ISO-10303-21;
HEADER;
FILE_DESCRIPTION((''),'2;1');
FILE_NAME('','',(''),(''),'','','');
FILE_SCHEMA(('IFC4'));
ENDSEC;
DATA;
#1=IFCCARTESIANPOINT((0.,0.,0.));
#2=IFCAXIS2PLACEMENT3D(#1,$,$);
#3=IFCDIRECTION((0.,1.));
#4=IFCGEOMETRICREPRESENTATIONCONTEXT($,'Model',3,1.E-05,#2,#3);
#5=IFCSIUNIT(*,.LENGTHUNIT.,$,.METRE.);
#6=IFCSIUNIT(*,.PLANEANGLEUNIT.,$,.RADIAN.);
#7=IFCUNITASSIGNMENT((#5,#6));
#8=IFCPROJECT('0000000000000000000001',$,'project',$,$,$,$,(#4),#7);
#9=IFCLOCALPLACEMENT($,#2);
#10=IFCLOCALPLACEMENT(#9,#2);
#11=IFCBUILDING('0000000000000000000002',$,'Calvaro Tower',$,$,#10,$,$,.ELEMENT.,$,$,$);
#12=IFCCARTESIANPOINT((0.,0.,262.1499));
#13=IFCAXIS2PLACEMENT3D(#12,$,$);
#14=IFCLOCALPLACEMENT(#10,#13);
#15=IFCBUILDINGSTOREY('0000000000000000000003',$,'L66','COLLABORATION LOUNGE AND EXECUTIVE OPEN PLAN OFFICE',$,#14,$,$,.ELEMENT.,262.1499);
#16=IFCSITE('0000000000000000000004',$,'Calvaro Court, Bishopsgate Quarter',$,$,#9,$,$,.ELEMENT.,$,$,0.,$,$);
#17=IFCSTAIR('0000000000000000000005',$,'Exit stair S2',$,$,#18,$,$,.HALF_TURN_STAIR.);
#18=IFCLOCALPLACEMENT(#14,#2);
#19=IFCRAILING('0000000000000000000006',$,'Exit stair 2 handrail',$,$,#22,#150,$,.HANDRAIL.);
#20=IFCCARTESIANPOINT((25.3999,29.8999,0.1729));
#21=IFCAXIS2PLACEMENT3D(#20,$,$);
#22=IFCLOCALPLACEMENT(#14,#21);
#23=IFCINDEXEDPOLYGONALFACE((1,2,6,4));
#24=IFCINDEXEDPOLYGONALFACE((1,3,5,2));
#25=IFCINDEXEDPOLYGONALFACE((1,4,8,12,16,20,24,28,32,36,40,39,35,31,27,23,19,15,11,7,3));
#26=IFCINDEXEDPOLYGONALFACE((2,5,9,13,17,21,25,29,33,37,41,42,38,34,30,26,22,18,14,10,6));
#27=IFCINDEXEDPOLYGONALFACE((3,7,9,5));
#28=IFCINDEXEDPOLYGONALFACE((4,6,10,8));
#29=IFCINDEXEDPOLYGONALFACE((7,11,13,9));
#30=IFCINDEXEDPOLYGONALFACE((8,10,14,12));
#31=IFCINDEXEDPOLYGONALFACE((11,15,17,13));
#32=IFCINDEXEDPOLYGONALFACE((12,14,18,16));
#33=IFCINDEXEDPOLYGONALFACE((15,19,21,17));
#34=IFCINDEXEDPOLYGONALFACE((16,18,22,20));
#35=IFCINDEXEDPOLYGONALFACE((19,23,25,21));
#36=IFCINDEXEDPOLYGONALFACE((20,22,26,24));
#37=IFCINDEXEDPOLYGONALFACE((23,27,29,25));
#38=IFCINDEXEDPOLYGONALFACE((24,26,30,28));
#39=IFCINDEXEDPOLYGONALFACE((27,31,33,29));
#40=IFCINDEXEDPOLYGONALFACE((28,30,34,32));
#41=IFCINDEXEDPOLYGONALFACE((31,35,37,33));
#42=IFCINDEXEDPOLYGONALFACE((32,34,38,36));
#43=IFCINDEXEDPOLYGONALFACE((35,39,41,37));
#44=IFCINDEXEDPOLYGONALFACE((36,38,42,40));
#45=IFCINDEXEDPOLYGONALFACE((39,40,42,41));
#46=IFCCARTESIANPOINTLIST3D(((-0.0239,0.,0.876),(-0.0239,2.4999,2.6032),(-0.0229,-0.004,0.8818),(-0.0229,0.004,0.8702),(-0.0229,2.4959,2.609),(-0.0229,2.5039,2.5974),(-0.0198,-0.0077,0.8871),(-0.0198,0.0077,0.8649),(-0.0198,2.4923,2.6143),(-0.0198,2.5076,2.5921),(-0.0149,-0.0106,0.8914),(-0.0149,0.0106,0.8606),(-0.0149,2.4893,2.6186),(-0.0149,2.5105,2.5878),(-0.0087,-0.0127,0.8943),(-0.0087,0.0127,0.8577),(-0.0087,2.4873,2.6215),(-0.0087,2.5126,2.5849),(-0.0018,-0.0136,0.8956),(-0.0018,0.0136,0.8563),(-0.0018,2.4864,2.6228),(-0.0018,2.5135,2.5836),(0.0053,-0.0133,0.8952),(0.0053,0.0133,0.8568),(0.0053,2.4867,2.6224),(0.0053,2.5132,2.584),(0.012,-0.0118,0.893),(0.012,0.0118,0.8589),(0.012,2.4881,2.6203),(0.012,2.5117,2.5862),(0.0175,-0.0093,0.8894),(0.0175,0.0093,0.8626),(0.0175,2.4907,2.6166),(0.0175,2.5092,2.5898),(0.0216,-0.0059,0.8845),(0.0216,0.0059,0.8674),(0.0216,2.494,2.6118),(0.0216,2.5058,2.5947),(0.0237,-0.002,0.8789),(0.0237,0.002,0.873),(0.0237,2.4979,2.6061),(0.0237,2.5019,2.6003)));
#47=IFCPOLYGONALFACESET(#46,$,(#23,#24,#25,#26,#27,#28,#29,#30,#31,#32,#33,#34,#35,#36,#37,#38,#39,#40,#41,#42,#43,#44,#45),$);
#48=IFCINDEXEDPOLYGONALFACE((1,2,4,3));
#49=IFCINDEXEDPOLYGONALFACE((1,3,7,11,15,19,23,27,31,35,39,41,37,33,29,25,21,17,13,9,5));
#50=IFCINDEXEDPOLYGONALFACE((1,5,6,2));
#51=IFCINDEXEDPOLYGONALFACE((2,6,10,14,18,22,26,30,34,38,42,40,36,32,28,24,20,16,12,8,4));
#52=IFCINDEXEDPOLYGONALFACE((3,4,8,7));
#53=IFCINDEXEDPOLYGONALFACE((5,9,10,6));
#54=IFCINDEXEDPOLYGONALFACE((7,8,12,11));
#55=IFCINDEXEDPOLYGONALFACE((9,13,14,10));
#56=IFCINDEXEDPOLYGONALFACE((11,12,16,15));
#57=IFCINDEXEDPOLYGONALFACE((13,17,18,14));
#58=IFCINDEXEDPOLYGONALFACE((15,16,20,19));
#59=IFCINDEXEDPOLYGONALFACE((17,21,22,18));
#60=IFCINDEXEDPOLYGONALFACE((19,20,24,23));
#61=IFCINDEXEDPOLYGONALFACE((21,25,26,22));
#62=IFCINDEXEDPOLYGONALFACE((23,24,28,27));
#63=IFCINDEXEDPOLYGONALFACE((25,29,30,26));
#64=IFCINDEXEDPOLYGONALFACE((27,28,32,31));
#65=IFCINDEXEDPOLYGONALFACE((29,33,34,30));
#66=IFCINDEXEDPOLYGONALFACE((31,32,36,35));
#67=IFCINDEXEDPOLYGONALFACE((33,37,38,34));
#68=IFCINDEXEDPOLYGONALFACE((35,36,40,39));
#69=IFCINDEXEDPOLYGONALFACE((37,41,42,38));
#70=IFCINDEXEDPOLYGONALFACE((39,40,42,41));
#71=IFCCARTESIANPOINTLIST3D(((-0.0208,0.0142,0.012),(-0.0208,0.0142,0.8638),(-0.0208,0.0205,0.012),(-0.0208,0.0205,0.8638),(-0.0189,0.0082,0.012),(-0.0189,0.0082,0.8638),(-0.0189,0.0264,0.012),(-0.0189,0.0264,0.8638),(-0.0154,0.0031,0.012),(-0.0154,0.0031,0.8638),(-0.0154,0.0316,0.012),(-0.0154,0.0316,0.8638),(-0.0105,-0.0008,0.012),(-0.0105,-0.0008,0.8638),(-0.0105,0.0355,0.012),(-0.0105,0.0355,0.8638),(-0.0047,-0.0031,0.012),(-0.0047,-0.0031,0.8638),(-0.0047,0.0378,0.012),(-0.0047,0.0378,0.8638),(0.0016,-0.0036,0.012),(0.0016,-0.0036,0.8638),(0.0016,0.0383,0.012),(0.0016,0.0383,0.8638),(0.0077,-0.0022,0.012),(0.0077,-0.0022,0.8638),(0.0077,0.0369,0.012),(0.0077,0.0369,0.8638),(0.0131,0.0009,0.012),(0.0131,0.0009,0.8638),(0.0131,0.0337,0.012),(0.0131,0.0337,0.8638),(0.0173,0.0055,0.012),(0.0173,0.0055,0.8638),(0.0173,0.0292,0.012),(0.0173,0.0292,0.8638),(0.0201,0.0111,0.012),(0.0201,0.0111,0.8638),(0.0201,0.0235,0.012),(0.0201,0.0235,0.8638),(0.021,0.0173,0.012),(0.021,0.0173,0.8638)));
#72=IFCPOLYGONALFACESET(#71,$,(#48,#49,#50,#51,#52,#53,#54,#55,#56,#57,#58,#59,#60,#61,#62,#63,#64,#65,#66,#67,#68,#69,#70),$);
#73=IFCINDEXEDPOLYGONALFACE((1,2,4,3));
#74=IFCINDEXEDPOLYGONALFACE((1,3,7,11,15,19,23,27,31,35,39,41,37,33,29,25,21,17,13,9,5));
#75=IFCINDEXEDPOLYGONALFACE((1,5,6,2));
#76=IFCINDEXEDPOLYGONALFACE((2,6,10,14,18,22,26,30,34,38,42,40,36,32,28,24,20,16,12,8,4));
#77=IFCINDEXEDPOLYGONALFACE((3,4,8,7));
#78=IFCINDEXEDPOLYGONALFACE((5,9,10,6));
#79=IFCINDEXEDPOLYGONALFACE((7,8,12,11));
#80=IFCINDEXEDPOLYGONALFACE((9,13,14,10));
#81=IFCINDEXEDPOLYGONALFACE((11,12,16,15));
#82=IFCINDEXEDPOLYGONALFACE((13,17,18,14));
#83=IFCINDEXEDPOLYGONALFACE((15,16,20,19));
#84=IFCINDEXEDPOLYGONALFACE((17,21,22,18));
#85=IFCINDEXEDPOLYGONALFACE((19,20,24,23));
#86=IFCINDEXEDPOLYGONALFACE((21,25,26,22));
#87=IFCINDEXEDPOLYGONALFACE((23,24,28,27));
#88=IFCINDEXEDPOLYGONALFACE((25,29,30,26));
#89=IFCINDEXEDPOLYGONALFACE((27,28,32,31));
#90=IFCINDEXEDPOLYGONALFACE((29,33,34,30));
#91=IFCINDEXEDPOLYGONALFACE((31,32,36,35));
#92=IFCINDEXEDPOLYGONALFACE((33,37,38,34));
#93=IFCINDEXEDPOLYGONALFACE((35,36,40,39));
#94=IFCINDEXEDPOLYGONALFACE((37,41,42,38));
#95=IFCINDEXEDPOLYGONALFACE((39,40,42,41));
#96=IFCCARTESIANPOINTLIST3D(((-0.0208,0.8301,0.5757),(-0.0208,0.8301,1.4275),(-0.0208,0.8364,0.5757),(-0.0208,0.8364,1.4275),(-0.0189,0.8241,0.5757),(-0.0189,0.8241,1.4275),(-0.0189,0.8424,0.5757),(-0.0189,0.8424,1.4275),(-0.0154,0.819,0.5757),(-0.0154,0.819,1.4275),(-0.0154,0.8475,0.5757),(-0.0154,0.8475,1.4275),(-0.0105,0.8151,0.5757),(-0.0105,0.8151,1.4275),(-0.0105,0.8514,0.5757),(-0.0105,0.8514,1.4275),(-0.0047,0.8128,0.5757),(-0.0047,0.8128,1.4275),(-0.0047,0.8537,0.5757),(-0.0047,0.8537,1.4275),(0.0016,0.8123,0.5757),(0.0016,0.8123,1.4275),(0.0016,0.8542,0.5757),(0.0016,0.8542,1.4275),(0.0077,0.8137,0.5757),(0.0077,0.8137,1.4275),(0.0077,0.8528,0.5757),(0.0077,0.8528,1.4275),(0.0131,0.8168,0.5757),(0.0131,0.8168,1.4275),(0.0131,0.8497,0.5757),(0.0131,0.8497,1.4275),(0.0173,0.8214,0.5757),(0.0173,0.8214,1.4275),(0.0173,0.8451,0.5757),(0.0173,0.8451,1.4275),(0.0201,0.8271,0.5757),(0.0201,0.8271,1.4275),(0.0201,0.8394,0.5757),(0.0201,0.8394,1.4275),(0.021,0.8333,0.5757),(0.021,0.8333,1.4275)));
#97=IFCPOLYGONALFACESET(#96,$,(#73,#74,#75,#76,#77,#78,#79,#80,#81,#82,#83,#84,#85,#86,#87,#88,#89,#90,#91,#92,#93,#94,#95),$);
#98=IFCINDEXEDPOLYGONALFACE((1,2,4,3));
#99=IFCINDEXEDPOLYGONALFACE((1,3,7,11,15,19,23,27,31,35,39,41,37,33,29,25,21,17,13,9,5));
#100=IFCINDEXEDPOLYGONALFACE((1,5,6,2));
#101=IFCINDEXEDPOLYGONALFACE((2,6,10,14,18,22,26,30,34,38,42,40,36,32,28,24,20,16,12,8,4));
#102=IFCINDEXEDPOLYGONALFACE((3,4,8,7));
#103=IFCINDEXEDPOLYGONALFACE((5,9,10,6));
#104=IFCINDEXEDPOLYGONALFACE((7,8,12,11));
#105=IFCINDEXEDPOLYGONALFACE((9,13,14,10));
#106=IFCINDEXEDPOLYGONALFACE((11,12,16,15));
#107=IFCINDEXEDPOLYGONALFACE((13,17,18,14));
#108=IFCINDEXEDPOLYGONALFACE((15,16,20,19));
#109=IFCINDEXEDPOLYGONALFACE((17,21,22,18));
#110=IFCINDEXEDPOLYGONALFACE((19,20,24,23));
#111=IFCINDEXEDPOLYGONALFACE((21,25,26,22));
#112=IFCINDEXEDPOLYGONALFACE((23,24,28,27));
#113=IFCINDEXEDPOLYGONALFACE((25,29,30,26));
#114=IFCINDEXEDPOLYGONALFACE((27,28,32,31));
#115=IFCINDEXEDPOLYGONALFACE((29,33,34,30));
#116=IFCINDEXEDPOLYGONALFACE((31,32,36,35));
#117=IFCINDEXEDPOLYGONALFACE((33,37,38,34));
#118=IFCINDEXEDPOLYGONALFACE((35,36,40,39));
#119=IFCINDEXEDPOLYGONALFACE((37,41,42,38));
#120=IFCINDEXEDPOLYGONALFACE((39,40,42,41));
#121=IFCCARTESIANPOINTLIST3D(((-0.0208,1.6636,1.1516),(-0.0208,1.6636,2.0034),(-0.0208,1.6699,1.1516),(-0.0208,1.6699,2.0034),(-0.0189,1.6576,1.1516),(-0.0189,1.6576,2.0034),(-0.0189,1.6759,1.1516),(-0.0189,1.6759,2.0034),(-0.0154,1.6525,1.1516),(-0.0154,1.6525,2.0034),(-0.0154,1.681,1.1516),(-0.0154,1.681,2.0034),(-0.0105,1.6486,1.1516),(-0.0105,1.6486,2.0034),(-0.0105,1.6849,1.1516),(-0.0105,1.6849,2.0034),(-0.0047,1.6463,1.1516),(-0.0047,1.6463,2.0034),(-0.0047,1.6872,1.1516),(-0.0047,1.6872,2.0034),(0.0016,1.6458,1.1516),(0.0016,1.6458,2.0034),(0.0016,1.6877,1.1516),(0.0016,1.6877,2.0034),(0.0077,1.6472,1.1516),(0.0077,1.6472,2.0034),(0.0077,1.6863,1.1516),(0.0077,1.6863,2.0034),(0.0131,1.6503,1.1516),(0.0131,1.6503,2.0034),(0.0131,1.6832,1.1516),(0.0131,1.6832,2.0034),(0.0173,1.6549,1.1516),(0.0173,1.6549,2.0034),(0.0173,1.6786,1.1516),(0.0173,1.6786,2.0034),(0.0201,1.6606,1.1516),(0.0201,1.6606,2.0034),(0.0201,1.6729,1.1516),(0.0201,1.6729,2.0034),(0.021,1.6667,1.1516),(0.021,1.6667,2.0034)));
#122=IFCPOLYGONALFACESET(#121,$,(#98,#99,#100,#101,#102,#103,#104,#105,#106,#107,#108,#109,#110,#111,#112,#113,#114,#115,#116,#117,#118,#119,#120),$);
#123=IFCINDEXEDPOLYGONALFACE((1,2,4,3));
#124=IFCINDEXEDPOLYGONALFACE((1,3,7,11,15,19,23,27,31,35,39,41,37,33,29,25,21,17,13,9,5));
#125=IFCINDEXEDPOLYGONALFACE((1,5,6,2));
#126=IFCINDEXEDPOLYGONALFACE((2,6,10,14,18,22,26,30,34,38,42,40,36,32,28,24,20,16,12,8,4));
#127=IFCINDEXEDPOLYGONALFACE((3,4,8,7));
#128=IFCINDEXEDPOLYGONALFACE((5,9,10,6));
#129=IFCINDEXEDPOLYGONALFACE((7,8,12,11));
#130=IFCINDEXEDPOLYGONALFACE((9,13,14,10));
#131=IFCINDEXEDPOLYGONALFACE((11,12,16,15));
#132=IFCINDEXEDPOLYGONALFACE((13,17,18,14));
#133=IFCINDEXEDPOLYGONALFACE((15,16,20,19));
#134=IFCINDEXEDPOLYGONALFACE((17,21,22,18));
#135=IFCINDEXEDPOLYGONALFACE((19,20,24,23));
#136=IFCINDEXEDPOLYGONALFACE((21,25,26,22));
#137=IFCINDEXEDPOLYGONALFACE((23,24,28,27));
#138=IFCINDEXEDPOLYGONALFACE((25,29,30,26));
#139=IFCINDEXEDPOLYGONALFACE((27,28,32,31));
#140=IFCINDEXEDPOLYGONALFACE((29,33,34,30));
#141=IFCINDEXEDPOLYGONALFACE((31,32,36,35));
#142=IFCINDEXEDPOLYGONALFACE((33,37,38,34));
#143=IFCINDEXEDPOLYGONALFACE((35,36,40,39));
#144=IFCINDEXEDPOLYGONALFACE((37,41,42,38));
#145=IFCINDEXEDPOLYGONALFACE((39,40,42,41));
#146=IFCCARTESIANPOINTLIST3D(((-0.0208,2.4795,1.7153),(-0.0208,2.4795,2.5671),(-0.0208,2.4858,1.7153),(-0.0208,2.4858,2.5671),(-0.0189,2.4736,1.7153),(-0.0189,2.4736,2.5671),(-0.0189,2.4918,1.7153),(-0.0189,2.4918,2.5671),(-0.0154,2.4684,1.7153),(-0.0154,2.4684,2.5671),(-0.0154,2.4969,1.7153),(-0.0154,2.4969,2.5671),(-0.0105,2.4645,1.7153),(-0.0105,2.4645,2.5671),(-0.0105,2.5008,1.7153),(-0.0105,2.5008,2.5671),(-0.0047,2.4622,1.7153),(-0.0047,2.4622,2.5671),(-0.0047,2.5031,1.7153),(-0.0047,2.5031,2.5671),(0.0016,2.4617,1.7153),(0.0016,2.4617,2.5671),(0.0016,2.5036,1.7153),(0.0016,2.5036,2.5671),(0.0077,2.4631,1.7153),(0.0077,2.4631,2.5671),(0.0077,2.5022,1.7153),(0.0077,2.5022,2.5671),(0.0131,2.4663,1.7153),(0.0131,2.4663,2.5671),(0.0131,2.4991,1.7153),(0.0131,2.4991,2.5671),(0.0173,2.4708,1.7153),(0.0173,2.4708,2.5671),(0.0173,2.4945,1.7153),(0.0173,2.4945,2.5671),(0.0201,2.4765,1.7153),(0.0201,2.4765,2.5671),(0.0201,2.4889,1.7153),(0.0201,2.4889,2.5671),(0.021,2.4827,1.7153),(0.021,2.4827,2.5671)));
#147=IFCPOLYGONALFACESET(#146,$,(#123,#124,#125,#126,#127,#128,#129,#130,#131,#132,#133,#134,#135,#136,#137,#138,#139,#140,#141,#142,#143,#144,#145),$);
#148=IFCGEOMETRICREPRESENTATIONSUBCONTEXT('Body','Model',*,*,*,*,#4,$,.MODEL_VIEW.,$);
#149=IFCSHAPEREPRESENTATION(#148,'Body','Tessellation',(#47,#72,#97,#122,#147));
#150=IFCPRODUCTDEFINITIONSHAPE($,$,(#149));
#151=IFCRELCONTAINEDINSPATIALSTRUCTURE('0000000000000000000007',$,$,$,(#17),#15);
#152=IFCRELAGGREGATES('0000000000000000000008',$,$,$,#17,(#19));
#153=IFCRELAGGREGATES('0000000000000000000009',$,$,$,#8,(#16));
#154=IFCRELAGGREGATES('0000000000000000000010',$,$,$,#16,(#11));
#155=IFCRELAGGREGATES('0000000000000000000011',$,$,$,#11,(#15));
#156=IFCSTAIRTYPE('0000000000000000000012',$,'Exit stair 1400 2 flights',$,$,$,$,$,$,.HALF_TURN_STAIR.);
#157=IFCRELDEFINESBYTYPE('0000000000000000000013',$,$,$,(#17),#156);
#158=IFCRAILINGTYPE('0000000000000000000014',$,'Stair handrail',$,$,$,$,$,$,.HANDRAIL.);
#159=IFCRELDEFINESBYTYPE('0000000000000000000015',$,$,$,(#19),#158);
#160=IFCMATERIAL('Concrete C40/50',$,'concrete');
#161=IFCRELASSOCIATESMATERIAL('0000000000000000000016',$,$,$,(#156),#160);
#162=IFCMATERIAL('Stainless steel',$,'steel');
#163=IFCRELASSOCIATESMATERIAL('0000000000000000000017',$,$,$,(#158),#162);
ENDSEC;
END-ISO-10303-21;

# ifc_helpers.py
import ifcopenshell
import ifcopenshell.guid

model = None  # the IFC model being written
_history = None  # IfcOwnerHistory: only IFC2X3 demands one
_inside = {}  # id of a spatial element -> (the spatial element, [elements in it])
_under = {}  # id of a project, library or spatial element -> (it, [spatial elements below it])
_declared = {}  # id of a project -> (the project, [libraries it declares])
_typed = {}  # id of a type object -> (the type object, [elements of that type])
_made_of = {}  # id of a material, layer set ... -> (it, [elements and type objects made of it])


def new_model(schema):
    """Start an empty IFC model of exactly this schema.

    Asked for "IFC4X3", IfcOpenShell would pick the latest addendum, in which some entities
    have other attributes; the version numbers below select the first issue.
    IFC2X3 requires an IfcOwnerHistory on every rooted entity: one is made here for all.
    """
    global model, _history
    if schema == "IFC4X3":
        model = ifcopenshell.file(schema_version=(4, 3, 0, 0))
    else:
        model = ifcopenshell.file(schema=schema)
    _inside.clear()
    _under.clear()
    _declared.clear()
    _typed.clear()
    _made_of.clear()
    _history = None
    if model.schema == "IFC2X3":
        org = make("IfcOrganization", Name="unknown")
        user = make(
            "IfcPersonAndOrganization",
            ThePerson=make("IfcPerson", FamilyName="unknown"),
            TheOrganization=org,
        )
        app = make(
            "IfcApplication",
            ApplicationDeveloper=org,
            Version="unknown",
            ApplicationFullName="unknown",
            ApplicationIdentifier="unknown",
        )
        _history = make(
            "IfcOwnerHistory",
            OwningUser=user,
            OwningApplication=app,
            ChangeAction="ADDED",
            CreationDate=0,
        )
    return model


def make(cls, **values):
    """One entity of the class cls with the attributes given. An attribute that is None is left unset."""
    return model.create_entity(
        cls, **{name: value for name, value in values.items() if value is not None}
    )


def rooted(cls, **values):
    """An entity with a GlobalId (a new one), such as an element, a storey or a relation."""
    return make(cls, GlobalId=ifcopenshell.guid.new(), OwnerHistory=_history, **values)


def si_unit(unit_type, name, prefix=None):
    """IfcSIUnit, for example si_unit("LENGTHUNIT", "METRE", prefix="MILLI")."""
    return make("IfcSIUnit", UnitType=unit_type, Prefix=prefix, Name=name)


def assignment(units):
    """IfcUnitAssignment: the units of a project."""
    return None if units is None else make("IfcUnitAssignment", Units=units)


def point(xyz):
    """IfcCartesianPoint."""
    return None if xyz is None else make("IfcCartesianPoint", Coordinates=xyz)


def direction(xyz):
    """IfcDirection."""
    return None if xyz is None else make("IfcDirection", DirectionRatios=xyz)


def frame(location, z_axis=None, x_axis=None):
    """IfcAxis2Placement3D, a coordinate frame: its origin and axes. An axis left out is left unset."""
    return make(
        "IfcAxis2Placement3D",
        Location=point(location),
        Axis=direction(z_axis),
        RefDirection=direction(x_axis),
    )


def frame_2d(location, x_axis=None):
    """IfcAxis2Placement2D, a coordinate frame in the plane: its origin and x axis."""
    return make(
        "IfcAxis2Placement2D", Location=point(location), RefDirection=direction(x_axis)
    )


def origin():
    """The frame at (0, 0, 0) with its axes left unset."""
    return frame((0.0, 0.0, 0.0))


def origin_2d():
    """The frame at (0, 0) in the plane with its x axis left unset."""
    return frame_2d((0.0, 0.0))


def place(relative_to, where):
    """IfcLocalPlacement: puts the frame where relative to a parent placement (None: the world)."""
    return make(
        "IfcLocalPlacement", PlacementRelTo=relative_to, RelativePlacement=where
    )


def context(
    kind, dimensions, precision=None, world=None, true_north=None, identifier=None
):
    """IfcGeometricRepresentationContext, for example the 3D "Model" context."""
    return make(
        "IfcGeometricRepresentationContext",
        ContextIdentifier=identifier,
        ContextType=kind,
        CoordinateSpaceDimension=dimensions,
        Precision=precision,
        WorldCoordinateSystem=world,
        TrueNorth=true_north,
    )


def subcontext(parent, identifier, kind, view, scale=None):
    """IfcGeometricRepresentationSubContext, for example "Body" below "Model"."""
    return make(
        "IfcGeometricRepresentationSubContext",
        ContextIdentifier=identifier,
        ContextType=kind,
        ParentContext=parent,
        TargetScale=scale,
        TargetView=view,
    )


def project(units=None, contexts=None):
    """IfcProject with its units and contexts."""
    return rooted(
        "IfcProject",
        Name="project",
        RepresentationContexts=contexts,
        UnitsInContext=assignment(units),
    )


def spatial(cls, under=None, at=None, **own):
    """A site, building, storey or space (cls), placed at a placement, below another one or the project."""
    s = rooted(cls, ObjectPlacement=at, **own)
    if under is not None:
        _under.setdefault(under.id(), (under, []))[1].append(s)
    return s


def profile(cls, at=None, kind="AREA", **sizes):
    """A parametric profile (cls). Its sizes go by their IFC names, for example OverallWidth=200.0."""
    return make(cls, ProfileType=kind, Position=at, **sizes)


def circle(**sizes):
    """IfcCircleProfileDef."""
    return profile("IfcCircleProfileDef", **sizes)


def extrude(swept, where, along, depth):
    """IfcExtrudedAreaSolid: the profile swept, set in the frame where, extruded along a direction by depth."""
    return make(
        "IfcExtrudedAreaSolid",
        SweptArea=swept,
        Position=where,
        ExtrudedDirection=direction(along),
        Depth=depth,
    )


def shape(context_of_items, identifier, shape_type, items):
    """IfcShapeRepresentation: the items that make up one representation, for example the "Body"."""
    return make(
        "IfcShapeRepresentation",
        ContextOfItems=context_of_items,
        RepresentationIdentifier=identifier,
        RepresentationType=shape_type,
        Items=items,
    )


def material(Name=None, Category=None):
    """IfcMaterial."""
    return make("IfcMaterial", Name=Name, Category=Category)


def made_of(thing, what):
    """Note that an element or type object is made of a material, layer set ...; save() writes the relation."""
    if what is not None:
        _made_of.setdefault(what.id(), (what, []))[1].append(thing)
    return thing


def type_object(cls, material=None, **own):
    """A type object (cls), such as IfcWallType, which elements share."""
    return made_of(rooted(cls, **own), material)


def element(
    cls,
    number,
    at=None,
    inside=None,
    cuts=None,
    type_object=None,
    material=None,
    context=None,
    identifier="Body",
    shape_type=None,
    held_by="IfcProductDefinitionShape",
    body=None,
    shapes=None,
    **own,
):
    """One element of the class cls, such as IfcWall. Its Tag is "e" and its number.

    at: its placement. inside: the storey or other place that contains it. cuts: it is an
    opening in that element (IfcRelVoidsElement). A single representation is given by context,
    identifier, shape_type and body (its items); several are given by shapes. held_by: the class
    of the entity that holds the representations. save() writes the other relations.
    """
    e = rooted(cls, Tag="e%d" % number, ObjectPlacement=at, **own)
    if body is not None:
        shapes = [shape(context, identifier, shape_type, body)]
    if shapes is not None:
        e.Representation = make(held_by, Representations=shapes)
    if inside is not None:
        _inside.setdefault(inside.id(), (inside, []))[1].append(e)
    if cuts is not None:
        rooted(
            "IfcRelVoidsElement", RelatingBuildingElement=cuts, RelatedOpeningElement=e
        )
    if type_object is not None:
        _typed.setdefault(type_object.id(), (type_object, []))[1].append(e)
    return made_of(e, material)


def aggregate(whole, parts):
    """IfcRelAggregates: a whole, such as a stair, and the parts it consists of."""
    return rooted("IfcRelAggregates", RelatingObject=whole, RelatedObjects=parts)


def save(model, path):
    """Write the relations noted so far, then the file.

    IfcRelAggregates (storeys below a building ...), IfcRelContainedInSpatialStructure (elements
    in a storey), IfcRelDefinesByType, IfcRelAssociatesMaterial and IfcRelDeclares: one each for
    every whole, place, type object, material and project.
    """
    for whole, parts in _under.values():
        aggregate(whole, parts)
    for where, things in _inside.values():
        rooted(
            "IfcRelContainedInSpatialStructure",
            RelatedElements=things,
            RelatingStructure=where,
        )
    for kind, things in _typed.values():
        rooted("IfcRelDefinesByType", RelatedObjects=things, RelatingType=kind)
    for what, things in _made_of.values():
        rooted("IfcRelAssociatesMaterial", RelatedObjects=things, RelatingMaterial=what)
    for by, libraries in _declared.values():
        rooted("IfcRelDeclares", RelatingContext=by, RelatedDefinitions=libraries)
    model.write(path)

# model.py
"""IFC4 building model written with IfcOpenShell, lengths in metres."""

from ifc_helpers import new_model, si_unit, direction, frame, origin, origin_2d, place, context, subcontext, project, spatial, circle, extrude, material, type_object, element, aggregate, save


model = new_model("IFC4")

# Units and contexts
model_context = context("Model", 3, precision=1e-05, world=origin(), true_north=direction((0.0, 1.0)))
body_context = subcontext(model_context, "Body", "Model", "MODEL_VIEW")
ifc_project = project(units=[si_unit("LENGTHUNIT", "METRE"), si_unit("PLANEANGLEUNIT", "RADIAN")], contexts=[model_context])

# Site, building, storey
site_placement = place(None, origin())
site = spatial("IfcSite", under=ifc_project, at=site_placement, Name="Calvaro Court, Bishopsgate Quarter", CompositionType="ELEMENT", RefElevation=0.0)
building_placement = place(site_placement, origin())
building = spatial("IfcBuilding", under=site, at=building_placement, Name="Calvaro Tower", CompositionType="ELEMENT")
storey_placement = place(building_placement, frame((0.0, 0.0, 262.1499)))
storey = spatial("IfcBuildingStorey", under=building, at=storey_placement, Name="L66", Description="COLLABORATION LOUNGE AND EXECUTIVE OPEN PLAN OFFICE", CompositionType="ELEMENT", Elevation=262.1499)

# Stair
ifc_material_1 = material(Name="Concrete C40/50", Category="concrete")
stair_type = type_object("IfcStairType", Name="Exit stair 1400 2 flights", PredefinedType="HALF_TURN_STAIR", material=ifc_material_1)
stair_1_placement = place(storey_placement, origin())
stair_1 = element("IfcStair", 1, at=stair_1_placement, inside=storey, type_object=stair_type, Name="Exit stair S2", PredefinedType="HALF_TURN_STAIR")

# Shared definitions
ifc_material_2 = material(Name="Stainless steel", Category="steel")
railing_type = type_object("IfcRailingType", Name="Stair handrail", PredefinedType="HANDRAIL", material=ifc_material_2)

# Railing
railing_1_placement = place(storey_placement, frame((25.3999, 29.8999, 0.1729)))
railing_1 = element("IfcRailing", 2, at=railing_1_placement, type_object=railing_type, Name="Exit stair 2 handrail", PredefinedType="HANDRAIL", context=body_context, shape_type="SweptSolid", body=[
    extrude(circle(Radius=0.0239, at=origin_2d()), frame((0.0, 0.0, 0.876), z_axis=(0.0, 0.822727, 0.568437), x_axis=(-1.0, 0.0, 0.0)), (0.0, 0.0, 1.0), 3.0386),
    extrude(circle(Radius=0.021, at=origin_2d()), frame((0.0, 0.0173, 0.012)), (0.0, 0.0, 1.0), 0.8518),
    extrude(circle(Radius=0.021, at=origin_2d()), frame((0.0, 0.8333, 0.5757)), (0.0, 0.0, 1.0), 0.8518),
    extrude(circle(Radius=0.021, at=origin_2d()), frame((0.0, 1.6667, 1.1516)), (0.0, 0.0, 1.0), 0.8518),
    extrude(circle(Radius=0.021, at=origin_2d()), frame((0.0, 2.4827, 1.7153)), (0.0, 0.0, 1.0), 0.8518),
])
aggregate(stair_1, [railing_1])

save(model, "model.ifc")
